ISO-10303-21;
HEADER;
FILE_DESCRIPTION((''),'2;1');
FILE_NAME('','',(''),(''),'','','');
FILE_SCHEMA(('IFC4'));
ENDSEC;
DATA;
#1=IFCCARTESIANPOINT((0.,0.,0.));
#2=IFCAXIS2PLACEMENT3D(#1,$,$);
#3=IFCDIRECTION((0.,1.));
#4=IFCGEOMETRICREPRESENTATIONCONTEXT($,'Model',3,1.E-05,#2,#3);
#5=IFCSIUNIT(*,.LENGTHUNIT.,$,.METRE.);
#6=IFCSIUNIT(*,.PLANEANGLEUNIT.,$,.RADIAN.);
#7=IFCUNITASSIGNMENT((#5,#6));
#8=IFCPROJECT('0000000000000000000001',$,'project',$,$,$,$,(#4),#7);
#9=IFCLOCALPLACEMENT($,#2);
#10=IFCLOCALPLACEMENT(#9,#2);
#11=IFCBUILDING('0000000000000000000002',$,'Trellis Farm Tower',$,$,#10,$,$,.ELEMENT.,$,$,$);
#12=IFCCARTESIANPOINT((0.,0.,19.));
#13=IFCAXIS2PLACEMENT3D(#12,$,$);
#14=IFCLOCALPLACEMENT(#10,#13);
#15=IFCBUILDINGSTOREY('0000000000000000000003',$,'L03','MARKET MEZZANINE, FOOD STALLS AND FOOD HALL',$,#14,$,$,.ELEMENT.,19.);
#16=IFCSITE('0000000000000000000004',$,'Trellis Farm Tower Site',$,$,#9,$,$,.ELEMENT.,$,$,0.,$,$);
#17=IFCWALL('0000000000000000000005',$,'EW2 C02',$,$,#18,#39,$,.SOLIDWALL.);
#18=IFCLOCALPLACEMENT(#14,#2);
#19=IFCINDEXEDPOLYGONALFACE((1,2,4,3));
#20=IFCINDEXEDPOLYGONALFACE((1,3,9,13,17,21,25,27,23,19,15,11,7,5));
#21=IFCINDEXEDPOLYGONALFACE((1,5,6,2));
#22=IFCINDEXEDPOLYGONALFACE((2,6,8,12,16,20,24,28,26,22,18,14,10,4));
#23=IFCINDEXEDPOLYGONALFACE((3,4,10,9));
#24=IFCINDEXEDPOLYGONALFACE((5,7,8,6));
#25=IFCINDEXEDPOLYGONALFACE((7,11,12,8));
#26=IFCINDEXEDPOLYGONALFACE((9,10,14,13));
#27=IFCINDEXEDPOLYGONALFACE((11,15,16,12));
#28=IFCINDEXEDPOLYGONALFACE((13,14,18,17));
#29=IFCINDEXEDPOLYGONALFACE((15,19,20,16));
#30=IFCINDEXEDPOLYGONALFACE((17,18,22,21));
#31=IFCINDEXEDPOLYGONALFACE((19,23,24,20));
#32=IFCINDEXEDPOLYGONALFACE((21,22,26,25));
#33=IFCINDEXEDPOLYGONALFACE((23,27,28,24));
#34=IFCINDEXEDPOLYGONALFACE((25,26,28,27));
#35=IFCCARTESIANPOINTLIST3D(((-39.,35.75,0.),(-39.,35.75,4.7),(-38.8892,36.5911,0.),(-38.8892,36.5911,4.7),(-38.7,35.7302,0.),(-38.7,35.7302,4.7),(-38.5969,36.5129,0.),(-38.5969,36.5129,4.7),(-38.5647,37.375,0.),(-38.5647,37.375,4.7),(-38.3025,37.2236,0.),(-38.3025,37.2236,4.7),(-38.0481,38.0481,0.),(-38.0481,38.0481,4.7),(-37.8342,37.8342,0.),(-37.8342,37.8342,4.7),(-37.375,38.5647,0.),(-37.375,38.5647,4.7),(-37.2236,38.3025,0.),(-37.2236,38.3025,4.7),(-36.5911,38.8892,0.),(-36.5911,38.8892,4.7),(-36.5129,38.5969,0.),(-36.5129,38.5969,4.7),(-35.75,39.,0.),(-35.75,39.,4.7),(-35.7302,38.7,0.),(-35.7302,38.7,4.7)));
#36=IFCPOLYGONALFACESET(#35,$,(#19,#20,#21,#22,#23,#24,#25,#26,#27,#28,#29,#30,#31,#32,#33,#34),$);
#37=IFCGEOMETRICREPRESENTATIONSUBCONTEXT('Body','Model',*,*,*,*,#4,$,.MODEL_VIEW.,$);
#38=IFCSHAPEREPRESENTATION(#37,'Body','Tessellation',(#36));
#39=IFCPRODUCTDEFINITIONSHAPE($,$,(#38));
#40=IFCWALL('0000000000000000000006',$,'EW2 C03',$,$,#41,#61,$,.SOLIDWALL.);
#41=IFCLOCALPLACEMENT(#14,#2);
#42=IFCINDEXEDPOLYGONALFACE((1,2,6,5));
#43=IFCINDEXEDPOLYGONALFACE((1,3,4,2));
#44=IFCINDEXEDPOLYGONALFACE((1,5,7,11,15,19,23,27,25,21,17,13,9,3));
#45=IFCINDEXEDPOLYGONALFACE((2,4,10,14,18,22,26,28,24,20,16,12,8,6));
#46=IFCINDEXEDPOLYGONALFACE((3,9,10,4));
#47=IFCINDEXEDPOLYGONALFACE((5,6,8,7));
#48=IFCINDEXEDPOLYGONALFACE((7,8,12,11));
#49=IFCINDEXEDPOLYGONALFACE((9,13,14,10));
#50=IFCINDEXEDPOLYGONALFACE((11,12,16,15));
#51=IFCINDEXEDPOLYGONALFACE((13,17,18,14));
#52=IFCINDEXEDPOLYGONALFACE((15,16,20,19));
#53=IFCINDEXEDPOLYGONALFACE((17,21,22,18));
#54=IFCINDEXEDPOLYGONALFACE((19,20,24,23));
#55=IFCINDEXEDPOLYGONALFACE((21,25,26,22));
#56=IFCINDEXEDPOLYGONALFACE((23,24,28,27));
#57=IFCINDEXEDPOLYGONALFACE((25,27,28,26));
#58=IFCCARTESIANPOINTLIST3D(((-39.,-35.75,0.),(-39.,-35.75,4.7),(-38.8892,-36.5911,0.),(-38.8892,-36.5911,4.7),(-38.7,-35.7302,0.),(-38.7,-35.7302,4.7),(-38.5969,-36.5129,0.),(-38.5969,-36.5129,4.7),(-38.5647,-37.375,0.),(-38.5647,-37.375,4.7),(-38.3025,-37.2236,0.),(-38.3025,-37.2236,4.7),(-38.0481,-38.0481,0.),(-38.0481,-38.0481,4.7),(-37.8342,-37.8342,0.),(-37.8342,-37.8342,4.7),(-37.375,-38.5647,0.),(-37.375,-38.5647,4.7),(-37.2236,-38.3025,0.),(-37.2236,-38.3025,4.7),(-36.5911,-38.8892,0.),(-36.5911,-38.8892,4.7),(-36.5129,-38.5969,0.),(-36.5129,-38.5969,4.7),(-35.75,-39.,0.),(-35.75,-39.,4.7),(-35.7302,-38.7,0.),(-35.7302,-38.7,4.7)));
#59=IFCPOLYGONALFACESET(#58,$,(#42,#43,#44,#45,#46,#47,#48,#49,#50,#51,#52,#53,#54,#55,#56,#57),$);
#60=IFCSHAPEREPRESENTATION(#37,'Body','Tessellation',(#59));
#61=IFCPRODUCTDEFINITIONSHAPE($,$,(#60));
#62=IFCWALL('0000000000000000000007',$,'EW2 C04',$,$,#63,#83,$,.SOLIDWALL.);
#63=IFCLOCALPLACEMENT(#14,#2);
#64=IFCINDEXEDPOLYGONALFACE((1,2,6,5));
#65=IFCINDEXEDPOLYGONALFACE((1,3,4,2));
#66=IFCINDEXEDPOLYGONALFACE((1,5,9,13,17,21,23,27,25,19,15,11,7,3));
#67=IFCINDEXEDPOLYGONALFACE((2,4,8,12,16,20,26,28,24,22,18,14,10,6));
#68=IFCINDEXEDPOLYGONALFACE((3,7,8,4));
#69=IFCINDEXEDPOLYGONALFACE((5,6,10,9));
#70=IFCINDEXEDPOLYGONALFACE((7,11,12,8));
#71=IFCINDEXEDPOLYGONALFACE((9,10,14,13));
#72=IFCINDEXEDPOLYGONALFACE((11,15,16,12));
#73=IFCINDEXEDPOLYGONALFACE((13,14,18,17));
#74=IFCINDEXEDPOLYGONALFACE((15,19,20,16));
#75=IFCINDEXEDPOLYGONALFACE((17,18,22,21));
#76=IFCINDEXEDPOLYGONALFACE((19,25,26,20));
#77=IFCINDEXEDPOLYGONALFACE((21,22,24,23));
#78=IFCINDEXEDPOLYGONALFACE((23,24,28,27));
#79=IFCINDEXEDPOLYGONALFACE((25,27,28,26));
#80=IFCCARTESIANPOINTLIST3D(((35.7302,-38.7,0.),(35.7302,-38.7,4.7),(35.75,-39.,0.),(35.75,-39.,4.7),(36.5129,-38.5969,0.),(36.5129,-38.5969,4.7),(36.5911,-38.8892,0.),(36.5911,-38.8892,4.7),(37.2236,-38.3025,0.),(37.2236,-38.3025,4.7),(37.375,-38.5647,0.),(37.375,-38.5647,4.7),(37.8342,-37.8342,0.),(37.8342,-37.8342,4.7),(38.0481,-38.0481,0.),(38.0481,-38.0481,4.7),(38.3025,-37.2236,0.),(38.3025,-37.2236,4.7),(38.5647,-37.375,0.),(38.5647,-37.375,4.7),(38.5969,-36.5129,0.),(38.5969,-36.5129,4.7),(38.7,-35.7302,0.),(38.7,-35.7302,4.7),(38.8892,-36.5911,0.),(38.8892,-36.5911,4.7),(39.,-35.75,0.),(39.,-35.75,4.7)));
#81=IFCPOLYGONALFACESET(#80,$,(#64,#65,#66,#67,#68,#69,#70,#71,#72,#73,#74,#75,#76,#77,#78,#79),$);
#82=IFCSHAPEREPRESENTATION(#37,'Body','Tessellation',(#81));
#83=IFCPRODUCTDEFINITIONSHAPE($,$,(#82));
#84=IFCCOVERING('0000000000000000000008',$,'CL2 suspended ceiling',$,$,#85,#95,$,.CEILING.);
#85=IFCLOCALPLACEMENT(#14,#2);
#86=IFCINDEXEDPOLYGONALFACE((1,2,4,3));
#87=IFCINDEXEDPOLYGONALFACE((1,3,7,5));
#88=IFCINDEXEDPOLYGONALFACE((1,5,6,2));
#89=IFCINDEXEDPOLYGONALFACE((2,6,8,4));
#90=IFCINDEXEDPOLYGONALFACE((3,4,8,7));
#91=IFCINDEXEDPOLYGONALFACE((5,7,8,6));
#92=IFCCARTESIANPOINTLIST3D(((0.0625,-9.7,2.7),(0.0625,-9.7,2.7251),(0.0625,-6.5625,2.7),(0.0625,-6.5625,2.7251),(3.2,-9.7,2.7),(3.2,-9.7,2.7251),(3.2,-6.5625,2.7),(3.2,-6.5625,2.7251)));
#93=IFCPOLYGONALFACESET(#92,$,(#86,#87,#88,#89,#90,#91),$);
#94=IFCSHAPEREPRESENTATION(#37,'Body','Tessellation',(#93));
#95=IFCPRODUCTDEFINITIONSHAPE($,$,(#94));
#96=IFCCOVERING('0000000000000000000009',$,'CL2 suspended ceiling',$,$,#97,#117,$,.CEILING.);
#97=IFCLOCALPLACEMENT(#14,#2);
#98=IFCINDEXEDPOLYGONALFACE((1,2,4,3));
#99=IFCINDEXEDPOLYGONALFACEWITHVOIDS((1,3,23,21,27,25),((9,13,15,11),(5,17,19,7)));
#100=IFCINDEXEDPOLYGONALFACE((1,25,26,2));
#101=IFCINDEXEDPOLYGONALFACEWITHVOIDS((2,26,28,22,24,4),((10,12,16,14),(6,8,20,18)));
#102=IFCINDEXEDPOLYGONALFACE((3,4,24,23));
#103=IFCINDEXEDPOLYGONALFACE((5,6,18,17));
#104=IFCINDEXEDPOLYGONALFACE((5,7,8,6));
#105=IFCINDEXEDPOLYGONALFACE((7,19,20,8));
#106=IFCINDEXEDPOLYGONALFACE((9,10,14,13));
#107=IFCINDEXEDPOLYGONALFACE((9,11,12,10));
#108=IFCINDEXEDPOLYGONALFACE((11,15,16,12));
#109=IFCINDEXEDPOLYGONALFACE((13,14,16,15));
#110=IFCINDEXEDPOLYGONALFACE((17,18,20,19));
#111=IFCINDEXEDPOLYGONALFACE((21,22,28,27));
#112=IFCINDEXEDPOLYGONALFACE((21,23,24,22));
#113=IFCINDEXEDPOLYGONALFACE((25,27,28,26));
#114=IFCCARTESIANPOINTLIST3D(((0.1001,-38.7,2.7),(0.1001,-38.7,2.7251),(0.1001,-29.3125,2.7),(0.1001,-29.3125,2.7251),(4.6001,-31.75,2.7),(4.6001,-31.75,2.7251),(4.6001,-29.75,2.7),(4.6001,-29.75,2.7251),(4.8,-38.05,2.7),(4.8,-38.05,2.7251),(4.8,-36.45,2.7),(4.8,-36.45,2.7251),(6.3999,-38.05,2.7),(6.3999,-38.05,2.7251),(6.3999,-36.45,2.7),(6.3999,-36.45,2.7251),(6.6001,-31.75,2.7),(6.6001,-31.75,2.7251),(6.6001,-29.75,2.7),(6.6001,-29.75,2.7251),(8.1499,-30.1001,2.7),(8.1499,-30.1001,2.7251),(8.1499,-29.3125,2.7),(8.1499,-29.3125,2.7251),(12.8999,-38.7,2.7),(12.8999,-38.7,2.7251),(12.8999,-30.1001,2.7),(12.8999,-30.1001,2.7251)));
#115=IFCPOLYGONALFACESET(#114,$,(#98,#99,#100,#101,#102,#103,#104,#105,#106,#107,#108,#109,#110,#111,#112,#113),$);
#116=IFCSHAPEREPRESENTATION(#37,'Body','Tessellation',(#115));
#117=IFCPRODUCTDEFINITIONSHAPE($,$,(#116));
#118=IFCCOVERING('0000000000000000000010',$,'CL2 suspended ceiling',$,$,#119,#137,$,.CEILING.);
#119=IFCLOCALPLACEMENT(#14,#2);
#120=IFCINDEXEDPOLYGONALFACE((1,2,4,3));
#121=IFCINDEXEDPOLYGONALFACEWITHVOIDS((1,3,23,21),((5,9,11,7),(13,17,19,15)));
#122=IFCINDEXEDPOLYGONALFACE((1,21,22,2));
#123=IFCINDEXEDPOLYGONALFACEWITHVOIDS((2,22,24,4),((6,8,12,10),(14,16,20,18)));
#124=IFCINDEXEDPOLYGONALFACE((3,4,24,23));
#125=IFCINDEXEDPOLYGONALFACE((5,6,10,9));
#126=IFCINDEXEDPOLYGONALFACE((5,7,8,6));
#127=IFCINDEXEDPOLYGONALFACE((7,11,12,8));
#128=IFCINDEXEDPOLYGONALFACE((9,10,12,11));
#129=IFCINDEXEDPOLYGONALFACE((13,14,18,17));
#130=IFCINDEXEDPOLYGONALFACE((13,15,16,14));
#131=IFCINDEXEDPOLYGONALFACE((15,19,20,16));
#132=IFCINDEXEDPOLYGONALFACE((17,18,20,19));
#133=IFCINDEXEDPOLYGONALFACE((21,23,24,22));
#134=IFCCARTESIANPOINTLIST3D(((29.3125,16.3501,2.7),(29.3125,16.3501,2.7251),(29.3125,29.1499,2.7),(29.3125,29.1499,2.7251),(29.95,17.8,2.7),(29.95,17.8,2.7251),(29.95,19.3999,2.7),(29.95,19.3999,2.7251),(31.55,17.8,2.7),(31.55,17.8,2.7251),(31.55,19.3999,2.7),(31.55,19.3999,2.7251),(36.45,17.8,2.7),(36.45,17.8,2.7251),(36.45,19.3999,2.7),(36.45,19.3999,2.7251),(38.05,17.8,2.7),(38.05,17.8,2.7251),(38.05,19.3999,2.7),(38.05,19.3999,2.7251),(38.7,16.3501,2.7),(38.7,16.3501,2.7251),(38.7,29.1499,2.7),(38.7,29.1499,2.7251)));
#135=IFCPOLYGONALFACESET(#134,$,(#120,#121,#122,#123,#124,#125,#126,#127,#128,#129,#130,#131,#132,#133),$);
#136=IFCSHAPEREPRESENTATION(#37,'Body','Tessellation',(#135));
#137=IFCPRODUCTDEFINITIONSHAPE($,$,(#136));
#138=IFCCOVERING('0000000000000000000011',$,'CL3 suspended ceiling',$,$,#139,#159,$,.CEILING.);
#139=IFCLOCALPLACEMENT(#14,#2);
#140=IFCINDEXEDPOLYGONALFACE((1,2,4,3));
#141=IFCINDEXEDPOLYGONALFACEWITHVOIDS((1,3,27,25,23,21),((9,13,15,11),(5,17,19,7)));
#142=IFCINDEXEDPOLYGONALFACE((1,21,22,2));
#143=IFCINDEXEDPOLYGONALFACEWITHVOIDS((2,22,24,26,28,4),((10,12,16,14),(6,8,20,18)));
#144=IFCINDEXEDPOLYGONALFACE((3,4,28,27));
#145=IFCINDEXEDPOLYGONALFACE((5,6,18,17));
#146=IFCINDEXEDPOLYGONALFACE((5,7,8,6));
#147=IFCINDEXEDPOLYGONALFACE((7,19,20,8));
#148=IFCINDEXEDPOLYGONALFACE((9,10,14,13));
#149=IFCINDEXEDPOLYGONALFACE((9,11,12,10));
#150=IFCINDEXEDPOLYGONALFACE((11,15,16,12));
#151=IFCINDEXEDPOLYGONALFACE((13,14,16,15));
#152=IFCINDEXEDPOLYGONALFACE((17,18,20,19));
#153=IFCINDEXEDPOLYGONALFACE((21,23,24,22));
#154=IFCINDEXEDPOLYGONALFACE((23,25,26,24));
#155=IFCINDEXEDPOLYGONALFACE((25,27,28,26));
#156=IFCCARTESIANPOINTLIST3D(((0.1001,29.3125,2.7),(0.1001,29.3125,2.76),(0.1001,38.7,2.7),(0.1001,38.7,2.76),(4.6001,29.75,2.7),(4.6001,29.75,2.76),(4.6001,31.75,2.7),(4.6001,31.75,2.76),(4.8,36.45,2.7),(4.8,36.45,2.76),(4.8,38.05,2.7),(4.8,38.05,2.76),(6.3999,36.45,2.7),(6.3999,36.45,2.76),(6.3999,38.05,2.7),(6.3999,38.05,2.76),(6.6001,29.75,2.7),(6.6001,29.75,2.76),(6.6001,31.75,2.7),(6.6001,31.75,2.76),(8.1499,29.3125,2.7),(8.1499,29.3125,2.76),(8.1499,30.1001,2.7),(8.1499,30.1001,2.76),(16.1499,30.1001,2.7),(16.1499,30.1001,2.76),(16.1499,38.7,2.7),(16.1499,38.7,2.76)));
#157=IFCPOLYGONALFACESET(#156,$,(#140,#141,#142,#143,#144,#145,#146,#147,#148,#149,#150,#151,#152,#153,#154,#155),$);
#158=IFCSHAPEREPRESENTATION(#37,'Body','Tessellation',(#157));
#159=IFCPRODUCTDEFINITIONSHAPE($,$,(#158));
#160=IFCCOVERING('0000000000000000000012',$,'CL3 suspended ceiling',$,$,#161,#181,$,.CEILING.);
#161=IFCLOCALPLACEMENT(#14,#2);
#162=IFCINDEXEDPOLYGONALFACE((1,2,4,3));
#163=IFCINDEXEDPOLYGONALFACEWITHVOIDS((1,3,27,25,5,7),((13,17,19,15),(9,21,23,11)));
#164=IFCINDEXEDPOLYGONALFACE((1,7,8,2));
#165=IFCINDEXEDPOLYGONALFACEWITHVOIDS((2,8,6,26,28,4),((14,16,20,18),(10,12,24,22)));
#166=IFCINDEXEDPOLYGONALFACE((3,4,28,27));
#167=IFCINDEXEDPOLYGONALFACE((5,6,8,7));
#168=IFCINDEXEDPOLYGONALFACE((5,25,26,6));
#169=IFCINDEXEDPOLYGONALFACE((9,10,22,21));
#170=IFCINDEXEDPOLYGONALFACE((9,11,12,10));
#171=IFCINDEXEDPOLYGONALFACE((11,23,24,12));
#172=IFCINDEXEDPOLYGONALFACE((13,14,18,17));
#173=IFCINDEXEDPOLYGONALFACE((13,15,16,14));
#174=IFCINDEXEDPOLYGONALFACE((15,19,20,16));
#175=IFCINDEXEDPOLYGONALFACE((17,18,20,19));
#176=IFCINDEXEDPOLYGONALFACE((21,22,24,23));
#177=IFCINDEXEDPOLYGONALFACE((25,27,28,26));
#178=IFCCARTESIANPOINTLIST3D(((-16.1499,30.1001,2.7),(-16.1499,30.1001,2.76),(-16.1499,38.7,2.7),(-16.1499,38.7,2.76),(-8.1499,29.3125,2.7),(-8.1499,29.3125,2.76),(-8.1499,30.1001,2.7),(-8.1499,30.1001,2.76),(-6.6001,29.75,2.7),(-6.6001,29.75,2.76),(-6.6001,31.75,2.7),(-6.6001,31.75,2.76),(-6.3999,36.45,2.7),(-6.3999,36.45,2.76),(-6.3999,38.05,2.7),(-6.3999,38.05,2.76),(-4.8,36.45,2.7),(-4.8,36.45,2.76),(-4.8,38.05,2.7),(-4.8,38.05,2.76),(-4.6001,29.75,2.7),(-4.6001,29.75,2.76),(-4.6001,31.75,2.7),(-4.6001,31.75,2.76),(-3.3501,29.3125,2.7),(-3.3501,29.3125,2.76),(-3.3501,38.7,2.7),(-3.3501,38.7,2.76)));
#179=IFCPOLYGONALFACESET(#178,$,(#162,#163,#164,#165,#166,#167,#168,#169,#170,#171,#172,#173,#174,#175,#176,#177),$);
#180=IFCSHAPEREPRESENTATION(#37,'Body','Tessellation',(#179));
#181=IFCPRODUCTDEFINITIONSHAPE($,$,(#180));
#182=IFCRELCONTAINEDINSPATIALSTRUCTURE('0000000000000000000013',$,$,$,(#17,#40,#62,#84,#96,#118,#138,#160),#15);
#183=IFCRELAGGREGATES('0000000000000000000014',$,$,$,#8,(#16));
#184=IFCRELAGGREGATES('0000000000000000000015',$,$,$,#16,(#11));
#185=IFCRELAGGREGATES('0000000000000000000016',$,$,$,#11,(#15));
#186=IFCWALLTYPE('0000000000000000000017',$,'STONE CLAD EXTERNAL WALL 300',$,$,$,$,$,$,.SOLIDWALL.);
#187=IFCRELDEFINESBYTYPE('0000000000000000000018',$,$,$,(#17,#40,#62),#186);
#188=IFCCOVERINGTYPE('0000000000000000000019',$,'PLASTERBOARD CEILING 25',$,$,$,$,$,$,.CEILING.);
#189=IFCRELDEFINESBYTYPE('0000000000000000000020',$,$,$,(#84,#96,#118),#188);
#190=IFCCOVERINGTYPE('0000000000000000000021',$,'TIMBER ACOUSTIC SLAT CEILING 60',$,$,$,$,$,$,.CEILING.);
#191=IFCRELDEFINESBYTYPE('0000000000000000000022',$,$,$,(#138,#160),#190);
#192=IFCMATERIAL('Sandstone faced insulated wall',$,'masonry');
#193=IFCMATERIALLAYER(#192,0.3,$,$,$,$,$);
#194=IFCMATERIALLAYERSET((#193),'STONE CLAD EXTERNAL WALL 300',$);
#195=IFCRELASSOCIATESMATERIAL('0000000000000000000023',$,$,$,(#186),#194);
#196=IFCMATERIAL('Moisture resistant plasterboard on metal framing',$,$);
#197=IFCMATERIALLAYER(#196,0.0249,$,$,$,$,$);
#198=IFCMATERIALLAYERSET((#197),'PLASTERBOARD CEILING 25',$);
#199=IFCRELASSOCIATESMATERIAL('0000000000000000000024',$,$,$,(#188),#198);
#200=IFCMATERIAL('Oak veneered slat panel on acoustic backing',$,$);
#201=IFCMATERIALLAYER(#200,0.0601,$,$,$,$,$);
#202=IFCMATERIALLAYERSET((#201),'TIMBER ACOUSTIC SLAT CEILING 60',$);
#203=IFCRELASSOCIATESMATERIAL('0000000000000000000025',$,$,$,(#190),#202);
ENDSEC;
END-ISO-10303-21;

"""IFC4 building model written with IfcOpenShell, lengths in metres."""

from ifc_helpers import new_model, si_unit, direction, frame, origin, place, context, subcontext, project, spatial, polyline, outline, extrude, source, transform, mapped, material, layer, layer_set, type_object, element, save


model = new_model("IFC4")

# Units and contexts
model_context = context("Model", 3, precision=1e-05, world=origin(), true_north=direction((0.0, 1.0)))
body_context = subcontext(model_context, "Body", "Model", "MODEL_VIEW")
ifc_project = project(units=[si_unit("LENGTHUNIT", "METRE"), si_unit("PLANEANGLEUNIT", "RADIAN")], contexts=[model_context])

# Site, building, storey
site_placement = place(None, origin())
site = spatial("IfcSite", under=ifc_project, at=site_placement, Name="Trellis Farm Tower Site", CompositionType="ELEMENT", RefElevation=0.0)
building_placement = place(site_placement, origin())
building = spatial("IfcBuilding", under=site, at=building_placement, Name="Trellis Farm Tower", CompositionType="ELEMENT")
storey_placement = place(building_placement, frame((0.0, 0.0, 19.0)))
storey = spatial("IfcBuildingStorey", under=building, at=storey_placement, Name="L03", Description="MARKET MEZZANINE, FOOD STALLS AND FOOD HALL", CompositionType="ELEMENT", Elevation=19.0)

# Shared definitions
placement_1 = place(storey_placement, origin())

# Walls
ifc_material_1 = material(Name="Sandstone faced insulated wall", Category="masonry")
ifc_layer_1 = layer(ifc_material_1, 0.3)
ifc_layer_set_1 = layer_set([ifc_layer_1], Name="STONE CLAD EXTERNAL WALL 300")
wall_type = type_object("IfcWallType", Name="STONE CLAD EXTERNAL WALL 300", PredefinedType="SOLIDWALL", material=ifc_layer_set_1)
shared_shape_1 = source(origin(), body_context, "Body", "SweptSolid", [
    extrude(outline(polyline([(-35.75, 39.0), (-36.5911, 38.8892), (-37.375, 38.5647), (-38.0481, 38.0481), (-38.5647, 37.375), (-38.8892, 36.5911), (-39.0, 35.75), (-38.7, 35.7302), (-38.5969, 36.5129), (-38.3025, 37.2236), (-37.8342, 37.8342), (-37.2236, 38.3025), (-36.5129, 38.5969), (-35.7302, 38.7), (-35.75, 39.0)])), origin(), (0.0, 0.0, 1.0), 4.7),
])
element("IfcWall", 1, at=placement_1, inside=storey, type_object=wall_type, Name="EW2 C02", PredefinedType="SOLIDWALL", context=body_context, shape_type="MappedRepresentation", body=[
    mapped(shared_shape_1, transform((0.0, 0.0, 0.0))),
])
shared_shape_2 = source(origin(), body_context, "Body", "SweptSolid", [
    extrude(outline(polyline([(-39.0, -35.75), (-38.8892, -36.5911), (-38.5647, -37.375), (-38.0481, -38.0481), (-37.375, -38.5647), (-36.5911, -38.8892), (-35.75, -39.0), (-35.7302, -38.7), (-36.5129, -38.5969), (-37.2236, -38.3025), (-37.8342, -37.8342), (-38.3025, -37.2236), (-38.5969, -36.5129), (-38.7, -35.7302), (-39.0, -35.75)])), origin(), (0.0, 0.0, 1.0), 4.7),
])
element("IfcWall", 2, at=placement_1, inside=storey, type_object=wall_type, Name="EW2 C03", PredefinedType="SOLIDWALL", context=body_context, shape_type="MappedRepresentation", body=[
    mapped(shared_shape_2, transform((0.0, 0.0, 0.0))),
])
shared_shape_3 = source(origin(), body_context, "Body", "SweptSolid", [
    extrude(outline(polyline([(35.75, -39.0), (36.5911, -38.8892), (37.375, -38.5647), (38.0481, -38.0481), (38.5647, -37.375), (38.8892, -36.5911), (39.0, -35.75), (38.7, -35.7302), (38.5969, -36.5129), (38.3025, -37.2236), (37.8342, -37.8342), (37.2236, -38.3025), (36.5129, -38.5969), (35.7302, -38.7), (35.75, -39.0)])), origin(), (0.0, 0.0, 1.0), 4.7),
])
element("IfcWall", 3, at=placement_1, inside=storey, type_object=wall_type, Name="EW2 C04", PredefinedType="SOLIDWALL", context=body_context, shape_type="MappedRepresentation", body=[
    mapped(shared_shape_3, transform((0.0, 0.0, 0.0))),
])

# Coverings
ifc_material_2 = material(Name="Moisture resistant plasterboard on metal framing")
ifc_layer_2 = layer(ifc_material_2, 0.0249)
ifc_layer_set_2 = layer_set([ifc_layer_2], Name="PLASTERBOARD CEILING 25")
covering_type_1 = type_object("IfcCoveringType", Name="PLASTERBOARD CEILING 25", PredefinedType="CEILING", material=ifc_layer_set_2)
placement_2 = place(storey_placement, frame((0.0, 0.0, 2.7)))
element("IfcCovering", 4, at=placement_2, inside=storey, type_object=covering_type_1, Name="CL2 suspended ceiling", PredefinedType="CEILING", context=body_context, shape_type="SweptSolid", body=[
    extrude(outline(polyline([(0.0625, -9.7), (0.0625, -6.5625), (3.2, -6.5625), (3.2, -9.7), (0.0625, -9.7)])), origin(), (0.0, 0.0, 1.0), 0.0251),
])
element("IfcCovering", 5, at=placement_2, inside=storey, type_object=covering_type_1, Name="CL2 suspended ceiling", PredefinedType="CEILING", context=body_context, shape_type="SweptSolid", body=[
    extrude(outline(polyline([(0.1001, -29.3125), (8.1499, -29.3125), (8.1499, -30.1001), (12.8999, -30.1001), (12.8999, -38.7), (0.1001, -38.7), (0.1001, -29.3125)]), holes=[polyline([(4.8, -38.05), (6.3999, -38.05), (6.3999, -36.45), (4.8, -36.45), (4.8, -38.05)]), polyline([(4.6001, -31.75), (6.6001, -31.75), (6.6001, -29.75), (4.6001, -29.75), (4.6001, -31.75)])]), origin(), (0.0, 0.0, 1.0), 0.0251),
])
element("IfcCovering", 6, at=placement_2, inside=storey, type_object=covering_type_1, Name="CL2 suspended ceiling", PredefinedType="CEILING", context=body_context, shape_type="SweptSolid", body=[
    extrude(outline(polyline([(29.3125, 16.3501), (29.3125, 29.1499), (38.7, 29.1499), (38.7, 16.3501), (29.3125, 16.3501)]), holes=[polyline([(29.95, 17.8), (31.55, 17.8), (31.55, 19.3999), (29.95, 19.3999), (29.95, 17.8)]), polyline([(36.45, 17.8), (38.05, 17.8), (38.05, 19.3999), (36.45, 19.3999), (36.45, 17.8)])]), origin(), (0.0, 0.0, 1.0), 0.0251),
])
ifc_material_3 = material(Name="Oak veneered slat panel on acoustic backing")
ifc_layer_3 = layer(ifc_material_3, 0.0601)
ifc_layer_set_3 = layer_set([ifc_layer_3], Name="TIMBER ACOUSTIC SLAT CEILING 60")
covering_type_2 = type_object("IfcCoveringType", Name="TIMBER ACOUSTIC SLAT CEILING 60", PredefinedType="CEILING", material=ifc_layer_set_3)
element("IfcCovering", 7, at=placement_2, inside=storey, type_object=covering_type_2, Name="CL3 suspended ceiling", PredefinedType="CEILING", context=body_context, shape_type="SweptSolid", body=[
    extrude(outline(polyline([(16.1499, 30.1001), (8.1499, 30.1001), (8.1499, 29.3125), (0.1001, 29.3125), (0.1001, 38.7), (16.1499, 38.7), (16.1499, 30.1001)]), holes=[polyline([(4.6001, 29.75), (6.6001, 29.75), (6.6001, 31.75), (4.6001, 31.75), (4.6001, 29.75)]), polyline([(4.8, 36.45), (6.3999, 36.45), (6.3999, 38.05), (4.8, 38.05), (4.8, 36.45)])]), origin(), (0.0, 0.0, 1.0), 0.0601),
])
element("IfcCovering", 8, at=placement_2, inside=storey, type_object=covering_type_2, Name="CL3 suspended ceiling", PredefinedType="CEILING", context=body_context, shape_type="SweptSolid", body=[
    extrude(outline(polyline([(-3.3501, 29.3125), (-8.1499, 29.3125), (-8.1499, 30.1001), (-16.1499, 30.1001), (-16.1499, 38.7), (-3.3501, 38.7), (-3.3501, 29.3125)]), holes=[polyline([(-6.6001, 29.75), (-4.6001, 29.75), (-4.6001, 31.75), (-6.6001, 31.75), (-6.6001, 29.75)]), polyline([(-6.3999, 36.45), (-4.8, 36.45), (-4.8, 38.05), (-6.3999, 38.05), (-6.3999, 36.45)])]), origin(), (0.0, 0.0, 1.0), 0.0601),
])

save(model, "model.ifc")
